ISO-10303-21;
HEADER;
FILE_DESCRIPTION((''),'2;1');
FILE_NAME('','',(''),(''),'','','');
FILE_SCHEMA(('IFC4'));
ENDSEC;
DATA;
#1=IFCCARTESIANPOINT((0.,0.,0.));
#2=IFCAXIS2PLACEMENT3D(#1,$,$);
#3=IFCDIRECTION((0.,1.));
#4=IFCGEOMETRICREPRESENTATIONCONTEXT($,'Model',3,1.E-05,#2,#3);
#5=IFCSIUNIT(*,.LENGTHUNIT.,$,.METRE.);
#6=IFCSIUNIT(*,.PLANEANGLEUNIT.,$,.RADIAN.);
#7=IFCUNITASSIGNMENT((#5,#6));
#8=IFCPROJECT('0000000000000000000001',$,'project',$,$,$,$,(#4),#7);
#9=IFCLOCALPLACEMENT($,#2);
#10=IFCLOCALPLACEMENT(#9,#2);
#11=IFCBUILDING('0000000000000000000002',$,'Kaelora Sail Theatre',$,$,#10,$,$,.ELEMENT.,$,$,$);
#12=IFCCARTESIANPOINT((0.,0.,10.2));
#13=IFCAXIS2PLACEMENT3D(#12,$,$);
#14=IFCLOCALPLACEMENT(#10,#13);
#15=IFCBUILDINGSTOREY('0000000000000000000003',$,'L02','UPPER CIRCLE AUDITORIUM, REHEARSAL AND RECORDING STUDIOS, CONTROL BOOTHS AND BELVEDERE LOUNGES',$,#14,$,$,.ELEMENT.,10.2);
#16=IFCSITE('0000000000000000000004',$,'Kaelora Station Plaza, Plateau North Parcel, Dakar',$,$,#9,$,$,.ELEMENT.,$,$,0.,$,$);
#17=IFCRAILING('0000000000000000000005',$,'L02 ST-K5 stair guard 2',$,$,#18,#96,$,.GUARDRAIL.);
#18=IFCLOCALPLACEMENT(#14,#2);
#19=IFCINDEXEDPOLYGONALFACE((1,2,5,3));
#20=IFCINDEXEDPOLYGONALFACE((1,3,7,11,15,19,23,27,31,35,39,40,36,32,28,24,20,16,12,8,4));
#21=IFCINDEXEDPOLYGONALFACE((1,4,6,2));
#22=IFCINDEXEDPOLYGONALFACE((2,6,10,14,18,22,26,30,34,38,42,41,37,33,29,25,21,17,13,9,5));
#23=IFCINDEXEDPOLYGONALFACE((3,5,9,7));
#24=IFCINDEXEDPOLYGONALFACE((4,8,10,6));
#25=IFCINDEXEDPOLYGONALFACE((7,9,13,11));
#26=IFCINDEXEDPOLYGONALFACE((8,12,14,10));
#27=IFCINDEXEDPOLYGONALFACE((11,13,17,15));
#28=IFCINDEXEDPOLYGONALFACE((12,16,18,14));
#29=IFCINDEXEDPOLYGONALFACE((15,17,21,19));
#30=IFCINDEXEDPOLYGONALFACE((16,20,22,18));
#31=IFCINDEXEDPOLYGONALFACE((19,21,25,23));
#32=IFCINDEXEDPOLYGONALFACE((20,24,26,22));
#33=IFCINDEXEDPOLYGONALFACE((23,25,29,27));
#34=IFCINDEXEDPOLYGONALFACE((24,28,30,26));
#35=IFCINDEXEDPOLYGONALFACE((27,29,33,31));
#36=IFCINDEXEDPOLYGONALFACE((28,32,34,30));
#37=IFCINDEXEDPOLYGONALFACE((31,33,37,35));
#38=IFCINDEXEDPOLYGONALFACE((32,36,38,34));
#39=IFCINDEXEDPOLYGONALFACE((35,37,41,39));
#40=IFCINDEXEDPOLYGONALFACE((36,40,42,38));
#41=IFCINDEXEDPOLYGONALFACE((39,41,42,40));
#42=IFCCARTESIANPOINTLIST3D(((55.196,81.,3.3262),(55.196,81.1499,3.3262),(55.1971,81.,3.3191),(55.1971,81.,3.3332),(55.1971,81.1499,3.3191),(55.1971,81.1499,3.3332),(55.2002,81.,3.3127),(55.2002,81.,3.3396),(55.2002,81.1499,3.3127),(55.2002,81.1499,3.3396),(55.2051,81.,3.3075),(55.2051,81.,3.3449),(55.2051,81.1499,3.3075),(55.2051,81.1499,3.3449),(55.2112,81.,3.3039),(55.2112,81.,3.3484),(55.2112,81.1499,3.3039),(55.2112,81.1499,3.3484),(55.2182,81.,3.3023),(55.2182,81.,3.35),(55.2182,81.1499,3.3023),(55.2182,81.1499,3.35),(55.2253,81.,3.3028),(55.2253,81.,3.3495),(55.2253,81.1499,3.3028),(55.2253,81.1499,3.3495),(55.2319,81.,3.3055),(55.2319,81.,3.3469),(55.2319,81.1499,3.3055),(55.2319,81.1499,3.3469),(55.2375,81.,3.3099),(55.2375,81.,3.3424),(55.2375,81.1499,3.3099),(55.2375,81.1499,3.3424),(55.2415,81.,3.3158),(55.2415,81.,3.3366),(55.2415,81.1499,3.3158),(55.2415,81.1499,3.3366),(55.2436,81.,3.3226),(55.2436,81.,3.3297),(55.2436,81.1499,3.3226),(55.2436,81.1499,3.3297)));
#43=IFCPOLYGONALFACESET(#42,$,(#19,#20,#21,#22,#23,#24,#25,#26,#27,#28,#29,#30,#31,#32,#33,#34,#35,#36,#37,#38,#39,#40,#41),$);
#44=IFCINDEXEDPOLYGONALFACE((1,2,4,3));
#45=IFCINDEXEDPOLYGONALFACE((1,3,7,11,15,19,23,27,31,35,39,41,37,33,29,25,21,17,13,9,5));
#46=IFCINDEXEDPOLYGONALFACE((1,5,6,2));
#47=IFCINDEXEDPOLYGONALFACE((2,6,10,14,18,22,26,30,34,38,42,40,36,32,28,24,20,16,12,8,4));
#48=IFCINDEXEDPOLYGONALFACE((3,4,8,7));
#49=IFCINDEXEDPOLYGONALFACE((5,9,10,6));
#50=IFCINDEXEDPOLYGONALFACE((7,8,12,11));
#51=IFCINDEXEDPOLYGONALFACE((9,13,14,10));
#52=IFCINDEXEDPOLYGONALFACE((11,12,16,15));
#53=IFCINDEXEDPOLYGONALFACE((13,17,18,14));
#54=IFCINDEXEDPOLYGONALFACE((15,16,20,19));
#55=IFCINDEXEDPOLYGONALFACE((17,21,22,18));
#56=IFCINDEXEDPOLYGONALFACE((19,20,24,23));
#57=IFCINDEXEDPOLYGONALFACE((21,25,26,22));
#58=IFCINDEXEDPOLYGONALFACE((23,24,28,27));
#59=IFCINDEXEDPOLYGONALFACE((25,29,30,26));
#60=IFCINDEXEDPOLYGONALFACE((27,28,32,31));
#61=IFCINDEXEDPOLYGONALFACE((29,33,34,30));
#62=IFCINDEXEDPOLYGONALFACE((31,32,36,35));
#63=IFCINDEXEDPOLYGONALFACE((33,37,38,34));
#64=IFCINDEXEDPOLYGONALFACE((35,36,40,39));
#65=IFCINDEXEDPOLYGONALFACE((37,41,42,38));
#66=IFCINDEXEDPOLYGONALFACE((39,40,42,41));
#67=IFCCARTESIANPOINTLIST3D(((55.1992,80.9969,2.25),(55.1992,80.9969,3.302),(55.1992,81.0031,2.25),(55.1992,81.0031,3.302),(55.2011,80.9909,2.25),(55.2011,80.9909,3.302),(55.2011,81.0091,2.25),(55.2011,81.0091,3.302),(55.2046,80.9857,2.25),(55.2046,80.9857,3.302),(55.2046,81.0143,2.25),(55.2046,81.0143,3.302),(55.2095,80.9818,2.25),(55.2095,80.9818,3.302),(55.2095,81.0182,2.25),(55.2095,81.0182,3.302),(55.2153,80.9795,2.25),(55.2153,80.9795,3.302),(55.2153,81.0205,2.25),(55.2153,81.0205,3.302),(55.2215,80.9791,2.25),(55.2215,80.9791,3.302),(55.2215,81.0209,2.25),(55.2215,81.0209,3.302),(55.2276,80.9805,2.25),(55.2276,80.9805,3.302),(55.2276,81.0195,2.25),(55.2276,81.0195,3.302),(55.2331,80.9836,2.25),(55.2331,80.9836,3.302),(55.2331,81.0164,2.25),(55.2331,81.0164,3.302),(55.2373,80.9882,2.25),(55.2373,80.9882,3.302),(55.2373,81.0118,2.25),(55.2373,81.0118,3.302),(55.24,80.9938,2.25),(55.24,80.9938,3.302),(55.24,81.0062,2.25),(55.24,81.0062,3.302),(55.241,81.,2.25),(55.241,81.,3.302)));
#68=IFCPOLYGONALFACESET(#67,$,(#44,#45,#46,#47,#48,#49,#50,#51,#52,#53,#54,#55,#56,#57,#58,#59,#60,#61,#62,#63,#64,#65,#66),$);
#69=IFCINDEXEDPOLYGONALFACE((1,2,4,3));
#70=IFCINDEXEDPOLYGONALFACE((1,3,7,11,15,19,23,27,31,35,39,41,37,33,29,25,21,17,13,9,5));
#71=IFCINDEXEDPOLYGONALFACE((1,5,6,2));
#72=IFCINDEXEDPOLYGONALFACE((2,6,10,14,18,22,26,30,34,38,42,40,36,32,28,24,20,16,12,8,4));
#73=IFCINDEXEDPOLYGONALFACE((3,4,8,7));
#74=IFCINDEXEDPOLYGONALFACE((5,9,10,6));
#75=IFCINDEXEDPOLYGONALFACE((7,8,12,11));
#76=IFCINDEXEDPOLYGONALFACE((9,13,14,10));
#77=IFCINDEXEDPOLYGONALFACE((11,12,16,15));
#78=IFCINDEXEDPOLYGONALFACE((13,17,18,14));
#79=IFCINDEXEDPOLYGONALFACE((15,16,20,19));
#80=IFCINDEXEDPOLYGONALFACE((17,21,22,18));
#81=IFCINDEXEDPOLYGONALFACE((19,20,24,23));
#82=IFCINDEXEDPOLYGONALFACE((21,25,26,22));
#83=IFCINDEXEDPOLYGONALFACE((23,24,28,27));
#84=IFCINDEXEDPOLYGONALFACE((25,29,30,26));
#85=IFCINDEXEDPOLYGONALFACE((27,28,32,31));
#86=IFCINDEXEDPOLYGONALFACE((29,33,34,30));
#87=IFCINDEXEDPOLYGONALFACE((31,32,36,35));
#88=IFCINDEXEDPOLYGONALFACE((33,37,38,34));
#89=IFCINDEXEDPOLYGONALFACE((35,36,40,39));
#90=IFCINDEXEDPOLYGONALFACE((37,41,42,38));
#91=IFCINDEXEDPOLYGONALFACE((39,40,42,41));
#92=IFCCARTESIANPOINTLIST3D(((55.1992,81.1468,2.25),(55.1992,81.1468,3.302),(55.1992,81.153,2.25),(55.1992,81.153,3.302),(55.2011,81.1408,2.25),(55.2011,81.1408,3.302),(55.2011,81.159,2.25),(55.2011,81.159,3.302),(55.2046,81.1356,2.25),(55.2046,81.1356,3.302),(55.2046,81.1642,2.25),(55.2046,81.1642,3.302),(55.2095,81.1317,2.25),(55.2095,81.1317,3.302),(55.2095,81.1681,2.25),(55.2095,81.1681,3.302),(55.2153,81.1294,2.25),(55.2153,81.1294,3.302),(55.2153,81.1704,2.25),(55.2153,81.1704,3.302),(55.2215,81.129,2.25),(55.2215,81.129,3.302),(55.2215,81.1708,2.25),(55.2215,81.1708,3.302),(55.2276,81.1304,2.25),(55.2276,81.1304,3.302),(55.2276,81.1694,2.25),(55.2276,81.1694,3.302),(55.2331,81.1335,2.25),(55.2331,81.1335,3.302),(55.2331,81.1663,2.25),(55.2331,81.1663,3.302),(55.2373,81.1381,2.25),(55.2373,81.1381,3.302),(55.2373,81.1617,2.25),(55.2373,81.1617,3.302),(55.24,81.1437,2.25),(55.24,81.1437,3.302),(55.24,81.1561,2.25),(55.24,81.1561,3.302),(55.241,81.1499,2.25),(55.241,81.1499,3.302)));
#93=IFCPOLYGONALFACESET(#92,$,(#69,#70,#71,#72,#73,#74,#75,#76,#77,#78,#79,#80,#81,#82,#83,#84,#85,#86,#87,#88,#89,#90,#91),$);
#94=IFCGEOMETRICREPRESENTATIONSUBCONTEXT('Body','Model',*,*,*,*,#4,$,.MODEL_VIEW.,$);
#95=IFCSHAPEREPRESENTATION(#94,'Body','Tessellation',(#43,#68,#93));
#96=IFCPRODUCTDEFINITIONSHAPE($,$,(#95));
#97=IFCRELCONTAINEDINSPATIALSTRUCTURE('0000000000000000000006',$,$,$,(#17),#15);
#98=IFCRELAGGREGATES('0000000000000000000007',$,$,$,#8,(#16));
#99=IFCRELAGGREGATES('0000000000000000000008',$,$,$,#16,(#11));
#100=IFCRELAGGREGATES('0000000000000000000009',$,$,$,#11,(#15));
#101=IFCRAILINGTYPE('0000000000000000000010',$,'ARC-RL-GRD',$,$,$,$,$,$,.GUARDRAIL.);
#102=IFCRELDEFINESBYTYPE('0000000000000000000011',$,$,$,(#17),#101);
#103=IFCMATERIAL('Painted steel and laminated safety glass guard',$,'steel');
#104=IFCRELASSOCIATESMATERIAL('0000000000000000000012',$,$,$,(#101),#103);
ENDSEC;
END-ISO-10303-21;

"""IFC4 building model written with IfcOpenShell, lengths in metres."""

from ifc_helpers import new_model, si_unit, direction, frame, origin, origin_2d, place, context, subcontext, project, spatial, circle, extrude, material, type_object, element, save


model = new_model("IFC4")

# Units and contexts
model_context = context("Model", 3, precision=1e-05, world=origin(), true_north=direction((0.0, 1.0)))
body_context = subcontext(model_context, "Body", "Model", "MODEL_VIEW")
ifc_project = project(units=[si_unit("LENGTHUNIT", "METRE"), si_unit("PLANEANGLEUNIT", "RADIAN")], contexts=[model_context])

# Site, building, storey
site_placement = place(None, origin())
site = spatial("IfcSite", under=ifc_project, at=site_placement, Name="Kaelora Station Plaza, Plateau North Parcel, Dakar", CompositionType="ELEMENT", RefElevation=0.0)
building_placement = place(site_placement, origin())
building = spatial("IfcBuilding", under=site, at=building_placement, Name="Kaelora Sail Theatre", CompositionType="ELEMENT")
storey_placement = place(building_placement, frame((0.0, 0.0, 10.2)))
storey = spatial("IfcBuildingStorey", under=building, at=storey_placement, Name="L02", Description="UPPER CIRCLE AUDITORIUM, REHEARSAL AND RECORDING STUDIOS, CONTROL BOOTHS AND BELVEDERE LOUNGES", CompositionType="ELEMENT", Elevation=10.2)

# Railing
ifc_material_1 = material(Name="Painted steel and laminated safety glass guard", Category="steel")
railing_type_1 = type_object("IfcRailingType", Name="ARC-RL-GRD", PredefinedType="GUARDRAIL", material=ifc_material_1)
railing_1_placement = place(storey_placement, frame((55.22, 81.0, 2.25)))
element("IfcRailing", 1, at=railing_1_placement, inside=storey, type_object=railing_type_1, Name="L02 ST-K5 stair guard 2", PredefinedType="GUARDRAIL", context=body_context, shape_type="SweptSolid", body=[
    extrude(circle(Radius=0.0239, at=origin_2d()), frame((0.0, 0.0, 1.0762), z_axis=(0.0, 1.0, 0.0), x_axis=(-1.0, 0.0, 0.0)), (0.0, 0.0, 1.0), 0.1499),
    extrude(circle(Radius=0.021, at=origin_2d()), origin(), (0.0, 0.0, 1.0), 1.052),
    extrude(circle(Radius=0.021, at=origin_2d()), frame((0.0, 0.1499, 0.0)), (0.0, 0.0, 1.0), 1.052),
])

save(model, "model.ifc")
